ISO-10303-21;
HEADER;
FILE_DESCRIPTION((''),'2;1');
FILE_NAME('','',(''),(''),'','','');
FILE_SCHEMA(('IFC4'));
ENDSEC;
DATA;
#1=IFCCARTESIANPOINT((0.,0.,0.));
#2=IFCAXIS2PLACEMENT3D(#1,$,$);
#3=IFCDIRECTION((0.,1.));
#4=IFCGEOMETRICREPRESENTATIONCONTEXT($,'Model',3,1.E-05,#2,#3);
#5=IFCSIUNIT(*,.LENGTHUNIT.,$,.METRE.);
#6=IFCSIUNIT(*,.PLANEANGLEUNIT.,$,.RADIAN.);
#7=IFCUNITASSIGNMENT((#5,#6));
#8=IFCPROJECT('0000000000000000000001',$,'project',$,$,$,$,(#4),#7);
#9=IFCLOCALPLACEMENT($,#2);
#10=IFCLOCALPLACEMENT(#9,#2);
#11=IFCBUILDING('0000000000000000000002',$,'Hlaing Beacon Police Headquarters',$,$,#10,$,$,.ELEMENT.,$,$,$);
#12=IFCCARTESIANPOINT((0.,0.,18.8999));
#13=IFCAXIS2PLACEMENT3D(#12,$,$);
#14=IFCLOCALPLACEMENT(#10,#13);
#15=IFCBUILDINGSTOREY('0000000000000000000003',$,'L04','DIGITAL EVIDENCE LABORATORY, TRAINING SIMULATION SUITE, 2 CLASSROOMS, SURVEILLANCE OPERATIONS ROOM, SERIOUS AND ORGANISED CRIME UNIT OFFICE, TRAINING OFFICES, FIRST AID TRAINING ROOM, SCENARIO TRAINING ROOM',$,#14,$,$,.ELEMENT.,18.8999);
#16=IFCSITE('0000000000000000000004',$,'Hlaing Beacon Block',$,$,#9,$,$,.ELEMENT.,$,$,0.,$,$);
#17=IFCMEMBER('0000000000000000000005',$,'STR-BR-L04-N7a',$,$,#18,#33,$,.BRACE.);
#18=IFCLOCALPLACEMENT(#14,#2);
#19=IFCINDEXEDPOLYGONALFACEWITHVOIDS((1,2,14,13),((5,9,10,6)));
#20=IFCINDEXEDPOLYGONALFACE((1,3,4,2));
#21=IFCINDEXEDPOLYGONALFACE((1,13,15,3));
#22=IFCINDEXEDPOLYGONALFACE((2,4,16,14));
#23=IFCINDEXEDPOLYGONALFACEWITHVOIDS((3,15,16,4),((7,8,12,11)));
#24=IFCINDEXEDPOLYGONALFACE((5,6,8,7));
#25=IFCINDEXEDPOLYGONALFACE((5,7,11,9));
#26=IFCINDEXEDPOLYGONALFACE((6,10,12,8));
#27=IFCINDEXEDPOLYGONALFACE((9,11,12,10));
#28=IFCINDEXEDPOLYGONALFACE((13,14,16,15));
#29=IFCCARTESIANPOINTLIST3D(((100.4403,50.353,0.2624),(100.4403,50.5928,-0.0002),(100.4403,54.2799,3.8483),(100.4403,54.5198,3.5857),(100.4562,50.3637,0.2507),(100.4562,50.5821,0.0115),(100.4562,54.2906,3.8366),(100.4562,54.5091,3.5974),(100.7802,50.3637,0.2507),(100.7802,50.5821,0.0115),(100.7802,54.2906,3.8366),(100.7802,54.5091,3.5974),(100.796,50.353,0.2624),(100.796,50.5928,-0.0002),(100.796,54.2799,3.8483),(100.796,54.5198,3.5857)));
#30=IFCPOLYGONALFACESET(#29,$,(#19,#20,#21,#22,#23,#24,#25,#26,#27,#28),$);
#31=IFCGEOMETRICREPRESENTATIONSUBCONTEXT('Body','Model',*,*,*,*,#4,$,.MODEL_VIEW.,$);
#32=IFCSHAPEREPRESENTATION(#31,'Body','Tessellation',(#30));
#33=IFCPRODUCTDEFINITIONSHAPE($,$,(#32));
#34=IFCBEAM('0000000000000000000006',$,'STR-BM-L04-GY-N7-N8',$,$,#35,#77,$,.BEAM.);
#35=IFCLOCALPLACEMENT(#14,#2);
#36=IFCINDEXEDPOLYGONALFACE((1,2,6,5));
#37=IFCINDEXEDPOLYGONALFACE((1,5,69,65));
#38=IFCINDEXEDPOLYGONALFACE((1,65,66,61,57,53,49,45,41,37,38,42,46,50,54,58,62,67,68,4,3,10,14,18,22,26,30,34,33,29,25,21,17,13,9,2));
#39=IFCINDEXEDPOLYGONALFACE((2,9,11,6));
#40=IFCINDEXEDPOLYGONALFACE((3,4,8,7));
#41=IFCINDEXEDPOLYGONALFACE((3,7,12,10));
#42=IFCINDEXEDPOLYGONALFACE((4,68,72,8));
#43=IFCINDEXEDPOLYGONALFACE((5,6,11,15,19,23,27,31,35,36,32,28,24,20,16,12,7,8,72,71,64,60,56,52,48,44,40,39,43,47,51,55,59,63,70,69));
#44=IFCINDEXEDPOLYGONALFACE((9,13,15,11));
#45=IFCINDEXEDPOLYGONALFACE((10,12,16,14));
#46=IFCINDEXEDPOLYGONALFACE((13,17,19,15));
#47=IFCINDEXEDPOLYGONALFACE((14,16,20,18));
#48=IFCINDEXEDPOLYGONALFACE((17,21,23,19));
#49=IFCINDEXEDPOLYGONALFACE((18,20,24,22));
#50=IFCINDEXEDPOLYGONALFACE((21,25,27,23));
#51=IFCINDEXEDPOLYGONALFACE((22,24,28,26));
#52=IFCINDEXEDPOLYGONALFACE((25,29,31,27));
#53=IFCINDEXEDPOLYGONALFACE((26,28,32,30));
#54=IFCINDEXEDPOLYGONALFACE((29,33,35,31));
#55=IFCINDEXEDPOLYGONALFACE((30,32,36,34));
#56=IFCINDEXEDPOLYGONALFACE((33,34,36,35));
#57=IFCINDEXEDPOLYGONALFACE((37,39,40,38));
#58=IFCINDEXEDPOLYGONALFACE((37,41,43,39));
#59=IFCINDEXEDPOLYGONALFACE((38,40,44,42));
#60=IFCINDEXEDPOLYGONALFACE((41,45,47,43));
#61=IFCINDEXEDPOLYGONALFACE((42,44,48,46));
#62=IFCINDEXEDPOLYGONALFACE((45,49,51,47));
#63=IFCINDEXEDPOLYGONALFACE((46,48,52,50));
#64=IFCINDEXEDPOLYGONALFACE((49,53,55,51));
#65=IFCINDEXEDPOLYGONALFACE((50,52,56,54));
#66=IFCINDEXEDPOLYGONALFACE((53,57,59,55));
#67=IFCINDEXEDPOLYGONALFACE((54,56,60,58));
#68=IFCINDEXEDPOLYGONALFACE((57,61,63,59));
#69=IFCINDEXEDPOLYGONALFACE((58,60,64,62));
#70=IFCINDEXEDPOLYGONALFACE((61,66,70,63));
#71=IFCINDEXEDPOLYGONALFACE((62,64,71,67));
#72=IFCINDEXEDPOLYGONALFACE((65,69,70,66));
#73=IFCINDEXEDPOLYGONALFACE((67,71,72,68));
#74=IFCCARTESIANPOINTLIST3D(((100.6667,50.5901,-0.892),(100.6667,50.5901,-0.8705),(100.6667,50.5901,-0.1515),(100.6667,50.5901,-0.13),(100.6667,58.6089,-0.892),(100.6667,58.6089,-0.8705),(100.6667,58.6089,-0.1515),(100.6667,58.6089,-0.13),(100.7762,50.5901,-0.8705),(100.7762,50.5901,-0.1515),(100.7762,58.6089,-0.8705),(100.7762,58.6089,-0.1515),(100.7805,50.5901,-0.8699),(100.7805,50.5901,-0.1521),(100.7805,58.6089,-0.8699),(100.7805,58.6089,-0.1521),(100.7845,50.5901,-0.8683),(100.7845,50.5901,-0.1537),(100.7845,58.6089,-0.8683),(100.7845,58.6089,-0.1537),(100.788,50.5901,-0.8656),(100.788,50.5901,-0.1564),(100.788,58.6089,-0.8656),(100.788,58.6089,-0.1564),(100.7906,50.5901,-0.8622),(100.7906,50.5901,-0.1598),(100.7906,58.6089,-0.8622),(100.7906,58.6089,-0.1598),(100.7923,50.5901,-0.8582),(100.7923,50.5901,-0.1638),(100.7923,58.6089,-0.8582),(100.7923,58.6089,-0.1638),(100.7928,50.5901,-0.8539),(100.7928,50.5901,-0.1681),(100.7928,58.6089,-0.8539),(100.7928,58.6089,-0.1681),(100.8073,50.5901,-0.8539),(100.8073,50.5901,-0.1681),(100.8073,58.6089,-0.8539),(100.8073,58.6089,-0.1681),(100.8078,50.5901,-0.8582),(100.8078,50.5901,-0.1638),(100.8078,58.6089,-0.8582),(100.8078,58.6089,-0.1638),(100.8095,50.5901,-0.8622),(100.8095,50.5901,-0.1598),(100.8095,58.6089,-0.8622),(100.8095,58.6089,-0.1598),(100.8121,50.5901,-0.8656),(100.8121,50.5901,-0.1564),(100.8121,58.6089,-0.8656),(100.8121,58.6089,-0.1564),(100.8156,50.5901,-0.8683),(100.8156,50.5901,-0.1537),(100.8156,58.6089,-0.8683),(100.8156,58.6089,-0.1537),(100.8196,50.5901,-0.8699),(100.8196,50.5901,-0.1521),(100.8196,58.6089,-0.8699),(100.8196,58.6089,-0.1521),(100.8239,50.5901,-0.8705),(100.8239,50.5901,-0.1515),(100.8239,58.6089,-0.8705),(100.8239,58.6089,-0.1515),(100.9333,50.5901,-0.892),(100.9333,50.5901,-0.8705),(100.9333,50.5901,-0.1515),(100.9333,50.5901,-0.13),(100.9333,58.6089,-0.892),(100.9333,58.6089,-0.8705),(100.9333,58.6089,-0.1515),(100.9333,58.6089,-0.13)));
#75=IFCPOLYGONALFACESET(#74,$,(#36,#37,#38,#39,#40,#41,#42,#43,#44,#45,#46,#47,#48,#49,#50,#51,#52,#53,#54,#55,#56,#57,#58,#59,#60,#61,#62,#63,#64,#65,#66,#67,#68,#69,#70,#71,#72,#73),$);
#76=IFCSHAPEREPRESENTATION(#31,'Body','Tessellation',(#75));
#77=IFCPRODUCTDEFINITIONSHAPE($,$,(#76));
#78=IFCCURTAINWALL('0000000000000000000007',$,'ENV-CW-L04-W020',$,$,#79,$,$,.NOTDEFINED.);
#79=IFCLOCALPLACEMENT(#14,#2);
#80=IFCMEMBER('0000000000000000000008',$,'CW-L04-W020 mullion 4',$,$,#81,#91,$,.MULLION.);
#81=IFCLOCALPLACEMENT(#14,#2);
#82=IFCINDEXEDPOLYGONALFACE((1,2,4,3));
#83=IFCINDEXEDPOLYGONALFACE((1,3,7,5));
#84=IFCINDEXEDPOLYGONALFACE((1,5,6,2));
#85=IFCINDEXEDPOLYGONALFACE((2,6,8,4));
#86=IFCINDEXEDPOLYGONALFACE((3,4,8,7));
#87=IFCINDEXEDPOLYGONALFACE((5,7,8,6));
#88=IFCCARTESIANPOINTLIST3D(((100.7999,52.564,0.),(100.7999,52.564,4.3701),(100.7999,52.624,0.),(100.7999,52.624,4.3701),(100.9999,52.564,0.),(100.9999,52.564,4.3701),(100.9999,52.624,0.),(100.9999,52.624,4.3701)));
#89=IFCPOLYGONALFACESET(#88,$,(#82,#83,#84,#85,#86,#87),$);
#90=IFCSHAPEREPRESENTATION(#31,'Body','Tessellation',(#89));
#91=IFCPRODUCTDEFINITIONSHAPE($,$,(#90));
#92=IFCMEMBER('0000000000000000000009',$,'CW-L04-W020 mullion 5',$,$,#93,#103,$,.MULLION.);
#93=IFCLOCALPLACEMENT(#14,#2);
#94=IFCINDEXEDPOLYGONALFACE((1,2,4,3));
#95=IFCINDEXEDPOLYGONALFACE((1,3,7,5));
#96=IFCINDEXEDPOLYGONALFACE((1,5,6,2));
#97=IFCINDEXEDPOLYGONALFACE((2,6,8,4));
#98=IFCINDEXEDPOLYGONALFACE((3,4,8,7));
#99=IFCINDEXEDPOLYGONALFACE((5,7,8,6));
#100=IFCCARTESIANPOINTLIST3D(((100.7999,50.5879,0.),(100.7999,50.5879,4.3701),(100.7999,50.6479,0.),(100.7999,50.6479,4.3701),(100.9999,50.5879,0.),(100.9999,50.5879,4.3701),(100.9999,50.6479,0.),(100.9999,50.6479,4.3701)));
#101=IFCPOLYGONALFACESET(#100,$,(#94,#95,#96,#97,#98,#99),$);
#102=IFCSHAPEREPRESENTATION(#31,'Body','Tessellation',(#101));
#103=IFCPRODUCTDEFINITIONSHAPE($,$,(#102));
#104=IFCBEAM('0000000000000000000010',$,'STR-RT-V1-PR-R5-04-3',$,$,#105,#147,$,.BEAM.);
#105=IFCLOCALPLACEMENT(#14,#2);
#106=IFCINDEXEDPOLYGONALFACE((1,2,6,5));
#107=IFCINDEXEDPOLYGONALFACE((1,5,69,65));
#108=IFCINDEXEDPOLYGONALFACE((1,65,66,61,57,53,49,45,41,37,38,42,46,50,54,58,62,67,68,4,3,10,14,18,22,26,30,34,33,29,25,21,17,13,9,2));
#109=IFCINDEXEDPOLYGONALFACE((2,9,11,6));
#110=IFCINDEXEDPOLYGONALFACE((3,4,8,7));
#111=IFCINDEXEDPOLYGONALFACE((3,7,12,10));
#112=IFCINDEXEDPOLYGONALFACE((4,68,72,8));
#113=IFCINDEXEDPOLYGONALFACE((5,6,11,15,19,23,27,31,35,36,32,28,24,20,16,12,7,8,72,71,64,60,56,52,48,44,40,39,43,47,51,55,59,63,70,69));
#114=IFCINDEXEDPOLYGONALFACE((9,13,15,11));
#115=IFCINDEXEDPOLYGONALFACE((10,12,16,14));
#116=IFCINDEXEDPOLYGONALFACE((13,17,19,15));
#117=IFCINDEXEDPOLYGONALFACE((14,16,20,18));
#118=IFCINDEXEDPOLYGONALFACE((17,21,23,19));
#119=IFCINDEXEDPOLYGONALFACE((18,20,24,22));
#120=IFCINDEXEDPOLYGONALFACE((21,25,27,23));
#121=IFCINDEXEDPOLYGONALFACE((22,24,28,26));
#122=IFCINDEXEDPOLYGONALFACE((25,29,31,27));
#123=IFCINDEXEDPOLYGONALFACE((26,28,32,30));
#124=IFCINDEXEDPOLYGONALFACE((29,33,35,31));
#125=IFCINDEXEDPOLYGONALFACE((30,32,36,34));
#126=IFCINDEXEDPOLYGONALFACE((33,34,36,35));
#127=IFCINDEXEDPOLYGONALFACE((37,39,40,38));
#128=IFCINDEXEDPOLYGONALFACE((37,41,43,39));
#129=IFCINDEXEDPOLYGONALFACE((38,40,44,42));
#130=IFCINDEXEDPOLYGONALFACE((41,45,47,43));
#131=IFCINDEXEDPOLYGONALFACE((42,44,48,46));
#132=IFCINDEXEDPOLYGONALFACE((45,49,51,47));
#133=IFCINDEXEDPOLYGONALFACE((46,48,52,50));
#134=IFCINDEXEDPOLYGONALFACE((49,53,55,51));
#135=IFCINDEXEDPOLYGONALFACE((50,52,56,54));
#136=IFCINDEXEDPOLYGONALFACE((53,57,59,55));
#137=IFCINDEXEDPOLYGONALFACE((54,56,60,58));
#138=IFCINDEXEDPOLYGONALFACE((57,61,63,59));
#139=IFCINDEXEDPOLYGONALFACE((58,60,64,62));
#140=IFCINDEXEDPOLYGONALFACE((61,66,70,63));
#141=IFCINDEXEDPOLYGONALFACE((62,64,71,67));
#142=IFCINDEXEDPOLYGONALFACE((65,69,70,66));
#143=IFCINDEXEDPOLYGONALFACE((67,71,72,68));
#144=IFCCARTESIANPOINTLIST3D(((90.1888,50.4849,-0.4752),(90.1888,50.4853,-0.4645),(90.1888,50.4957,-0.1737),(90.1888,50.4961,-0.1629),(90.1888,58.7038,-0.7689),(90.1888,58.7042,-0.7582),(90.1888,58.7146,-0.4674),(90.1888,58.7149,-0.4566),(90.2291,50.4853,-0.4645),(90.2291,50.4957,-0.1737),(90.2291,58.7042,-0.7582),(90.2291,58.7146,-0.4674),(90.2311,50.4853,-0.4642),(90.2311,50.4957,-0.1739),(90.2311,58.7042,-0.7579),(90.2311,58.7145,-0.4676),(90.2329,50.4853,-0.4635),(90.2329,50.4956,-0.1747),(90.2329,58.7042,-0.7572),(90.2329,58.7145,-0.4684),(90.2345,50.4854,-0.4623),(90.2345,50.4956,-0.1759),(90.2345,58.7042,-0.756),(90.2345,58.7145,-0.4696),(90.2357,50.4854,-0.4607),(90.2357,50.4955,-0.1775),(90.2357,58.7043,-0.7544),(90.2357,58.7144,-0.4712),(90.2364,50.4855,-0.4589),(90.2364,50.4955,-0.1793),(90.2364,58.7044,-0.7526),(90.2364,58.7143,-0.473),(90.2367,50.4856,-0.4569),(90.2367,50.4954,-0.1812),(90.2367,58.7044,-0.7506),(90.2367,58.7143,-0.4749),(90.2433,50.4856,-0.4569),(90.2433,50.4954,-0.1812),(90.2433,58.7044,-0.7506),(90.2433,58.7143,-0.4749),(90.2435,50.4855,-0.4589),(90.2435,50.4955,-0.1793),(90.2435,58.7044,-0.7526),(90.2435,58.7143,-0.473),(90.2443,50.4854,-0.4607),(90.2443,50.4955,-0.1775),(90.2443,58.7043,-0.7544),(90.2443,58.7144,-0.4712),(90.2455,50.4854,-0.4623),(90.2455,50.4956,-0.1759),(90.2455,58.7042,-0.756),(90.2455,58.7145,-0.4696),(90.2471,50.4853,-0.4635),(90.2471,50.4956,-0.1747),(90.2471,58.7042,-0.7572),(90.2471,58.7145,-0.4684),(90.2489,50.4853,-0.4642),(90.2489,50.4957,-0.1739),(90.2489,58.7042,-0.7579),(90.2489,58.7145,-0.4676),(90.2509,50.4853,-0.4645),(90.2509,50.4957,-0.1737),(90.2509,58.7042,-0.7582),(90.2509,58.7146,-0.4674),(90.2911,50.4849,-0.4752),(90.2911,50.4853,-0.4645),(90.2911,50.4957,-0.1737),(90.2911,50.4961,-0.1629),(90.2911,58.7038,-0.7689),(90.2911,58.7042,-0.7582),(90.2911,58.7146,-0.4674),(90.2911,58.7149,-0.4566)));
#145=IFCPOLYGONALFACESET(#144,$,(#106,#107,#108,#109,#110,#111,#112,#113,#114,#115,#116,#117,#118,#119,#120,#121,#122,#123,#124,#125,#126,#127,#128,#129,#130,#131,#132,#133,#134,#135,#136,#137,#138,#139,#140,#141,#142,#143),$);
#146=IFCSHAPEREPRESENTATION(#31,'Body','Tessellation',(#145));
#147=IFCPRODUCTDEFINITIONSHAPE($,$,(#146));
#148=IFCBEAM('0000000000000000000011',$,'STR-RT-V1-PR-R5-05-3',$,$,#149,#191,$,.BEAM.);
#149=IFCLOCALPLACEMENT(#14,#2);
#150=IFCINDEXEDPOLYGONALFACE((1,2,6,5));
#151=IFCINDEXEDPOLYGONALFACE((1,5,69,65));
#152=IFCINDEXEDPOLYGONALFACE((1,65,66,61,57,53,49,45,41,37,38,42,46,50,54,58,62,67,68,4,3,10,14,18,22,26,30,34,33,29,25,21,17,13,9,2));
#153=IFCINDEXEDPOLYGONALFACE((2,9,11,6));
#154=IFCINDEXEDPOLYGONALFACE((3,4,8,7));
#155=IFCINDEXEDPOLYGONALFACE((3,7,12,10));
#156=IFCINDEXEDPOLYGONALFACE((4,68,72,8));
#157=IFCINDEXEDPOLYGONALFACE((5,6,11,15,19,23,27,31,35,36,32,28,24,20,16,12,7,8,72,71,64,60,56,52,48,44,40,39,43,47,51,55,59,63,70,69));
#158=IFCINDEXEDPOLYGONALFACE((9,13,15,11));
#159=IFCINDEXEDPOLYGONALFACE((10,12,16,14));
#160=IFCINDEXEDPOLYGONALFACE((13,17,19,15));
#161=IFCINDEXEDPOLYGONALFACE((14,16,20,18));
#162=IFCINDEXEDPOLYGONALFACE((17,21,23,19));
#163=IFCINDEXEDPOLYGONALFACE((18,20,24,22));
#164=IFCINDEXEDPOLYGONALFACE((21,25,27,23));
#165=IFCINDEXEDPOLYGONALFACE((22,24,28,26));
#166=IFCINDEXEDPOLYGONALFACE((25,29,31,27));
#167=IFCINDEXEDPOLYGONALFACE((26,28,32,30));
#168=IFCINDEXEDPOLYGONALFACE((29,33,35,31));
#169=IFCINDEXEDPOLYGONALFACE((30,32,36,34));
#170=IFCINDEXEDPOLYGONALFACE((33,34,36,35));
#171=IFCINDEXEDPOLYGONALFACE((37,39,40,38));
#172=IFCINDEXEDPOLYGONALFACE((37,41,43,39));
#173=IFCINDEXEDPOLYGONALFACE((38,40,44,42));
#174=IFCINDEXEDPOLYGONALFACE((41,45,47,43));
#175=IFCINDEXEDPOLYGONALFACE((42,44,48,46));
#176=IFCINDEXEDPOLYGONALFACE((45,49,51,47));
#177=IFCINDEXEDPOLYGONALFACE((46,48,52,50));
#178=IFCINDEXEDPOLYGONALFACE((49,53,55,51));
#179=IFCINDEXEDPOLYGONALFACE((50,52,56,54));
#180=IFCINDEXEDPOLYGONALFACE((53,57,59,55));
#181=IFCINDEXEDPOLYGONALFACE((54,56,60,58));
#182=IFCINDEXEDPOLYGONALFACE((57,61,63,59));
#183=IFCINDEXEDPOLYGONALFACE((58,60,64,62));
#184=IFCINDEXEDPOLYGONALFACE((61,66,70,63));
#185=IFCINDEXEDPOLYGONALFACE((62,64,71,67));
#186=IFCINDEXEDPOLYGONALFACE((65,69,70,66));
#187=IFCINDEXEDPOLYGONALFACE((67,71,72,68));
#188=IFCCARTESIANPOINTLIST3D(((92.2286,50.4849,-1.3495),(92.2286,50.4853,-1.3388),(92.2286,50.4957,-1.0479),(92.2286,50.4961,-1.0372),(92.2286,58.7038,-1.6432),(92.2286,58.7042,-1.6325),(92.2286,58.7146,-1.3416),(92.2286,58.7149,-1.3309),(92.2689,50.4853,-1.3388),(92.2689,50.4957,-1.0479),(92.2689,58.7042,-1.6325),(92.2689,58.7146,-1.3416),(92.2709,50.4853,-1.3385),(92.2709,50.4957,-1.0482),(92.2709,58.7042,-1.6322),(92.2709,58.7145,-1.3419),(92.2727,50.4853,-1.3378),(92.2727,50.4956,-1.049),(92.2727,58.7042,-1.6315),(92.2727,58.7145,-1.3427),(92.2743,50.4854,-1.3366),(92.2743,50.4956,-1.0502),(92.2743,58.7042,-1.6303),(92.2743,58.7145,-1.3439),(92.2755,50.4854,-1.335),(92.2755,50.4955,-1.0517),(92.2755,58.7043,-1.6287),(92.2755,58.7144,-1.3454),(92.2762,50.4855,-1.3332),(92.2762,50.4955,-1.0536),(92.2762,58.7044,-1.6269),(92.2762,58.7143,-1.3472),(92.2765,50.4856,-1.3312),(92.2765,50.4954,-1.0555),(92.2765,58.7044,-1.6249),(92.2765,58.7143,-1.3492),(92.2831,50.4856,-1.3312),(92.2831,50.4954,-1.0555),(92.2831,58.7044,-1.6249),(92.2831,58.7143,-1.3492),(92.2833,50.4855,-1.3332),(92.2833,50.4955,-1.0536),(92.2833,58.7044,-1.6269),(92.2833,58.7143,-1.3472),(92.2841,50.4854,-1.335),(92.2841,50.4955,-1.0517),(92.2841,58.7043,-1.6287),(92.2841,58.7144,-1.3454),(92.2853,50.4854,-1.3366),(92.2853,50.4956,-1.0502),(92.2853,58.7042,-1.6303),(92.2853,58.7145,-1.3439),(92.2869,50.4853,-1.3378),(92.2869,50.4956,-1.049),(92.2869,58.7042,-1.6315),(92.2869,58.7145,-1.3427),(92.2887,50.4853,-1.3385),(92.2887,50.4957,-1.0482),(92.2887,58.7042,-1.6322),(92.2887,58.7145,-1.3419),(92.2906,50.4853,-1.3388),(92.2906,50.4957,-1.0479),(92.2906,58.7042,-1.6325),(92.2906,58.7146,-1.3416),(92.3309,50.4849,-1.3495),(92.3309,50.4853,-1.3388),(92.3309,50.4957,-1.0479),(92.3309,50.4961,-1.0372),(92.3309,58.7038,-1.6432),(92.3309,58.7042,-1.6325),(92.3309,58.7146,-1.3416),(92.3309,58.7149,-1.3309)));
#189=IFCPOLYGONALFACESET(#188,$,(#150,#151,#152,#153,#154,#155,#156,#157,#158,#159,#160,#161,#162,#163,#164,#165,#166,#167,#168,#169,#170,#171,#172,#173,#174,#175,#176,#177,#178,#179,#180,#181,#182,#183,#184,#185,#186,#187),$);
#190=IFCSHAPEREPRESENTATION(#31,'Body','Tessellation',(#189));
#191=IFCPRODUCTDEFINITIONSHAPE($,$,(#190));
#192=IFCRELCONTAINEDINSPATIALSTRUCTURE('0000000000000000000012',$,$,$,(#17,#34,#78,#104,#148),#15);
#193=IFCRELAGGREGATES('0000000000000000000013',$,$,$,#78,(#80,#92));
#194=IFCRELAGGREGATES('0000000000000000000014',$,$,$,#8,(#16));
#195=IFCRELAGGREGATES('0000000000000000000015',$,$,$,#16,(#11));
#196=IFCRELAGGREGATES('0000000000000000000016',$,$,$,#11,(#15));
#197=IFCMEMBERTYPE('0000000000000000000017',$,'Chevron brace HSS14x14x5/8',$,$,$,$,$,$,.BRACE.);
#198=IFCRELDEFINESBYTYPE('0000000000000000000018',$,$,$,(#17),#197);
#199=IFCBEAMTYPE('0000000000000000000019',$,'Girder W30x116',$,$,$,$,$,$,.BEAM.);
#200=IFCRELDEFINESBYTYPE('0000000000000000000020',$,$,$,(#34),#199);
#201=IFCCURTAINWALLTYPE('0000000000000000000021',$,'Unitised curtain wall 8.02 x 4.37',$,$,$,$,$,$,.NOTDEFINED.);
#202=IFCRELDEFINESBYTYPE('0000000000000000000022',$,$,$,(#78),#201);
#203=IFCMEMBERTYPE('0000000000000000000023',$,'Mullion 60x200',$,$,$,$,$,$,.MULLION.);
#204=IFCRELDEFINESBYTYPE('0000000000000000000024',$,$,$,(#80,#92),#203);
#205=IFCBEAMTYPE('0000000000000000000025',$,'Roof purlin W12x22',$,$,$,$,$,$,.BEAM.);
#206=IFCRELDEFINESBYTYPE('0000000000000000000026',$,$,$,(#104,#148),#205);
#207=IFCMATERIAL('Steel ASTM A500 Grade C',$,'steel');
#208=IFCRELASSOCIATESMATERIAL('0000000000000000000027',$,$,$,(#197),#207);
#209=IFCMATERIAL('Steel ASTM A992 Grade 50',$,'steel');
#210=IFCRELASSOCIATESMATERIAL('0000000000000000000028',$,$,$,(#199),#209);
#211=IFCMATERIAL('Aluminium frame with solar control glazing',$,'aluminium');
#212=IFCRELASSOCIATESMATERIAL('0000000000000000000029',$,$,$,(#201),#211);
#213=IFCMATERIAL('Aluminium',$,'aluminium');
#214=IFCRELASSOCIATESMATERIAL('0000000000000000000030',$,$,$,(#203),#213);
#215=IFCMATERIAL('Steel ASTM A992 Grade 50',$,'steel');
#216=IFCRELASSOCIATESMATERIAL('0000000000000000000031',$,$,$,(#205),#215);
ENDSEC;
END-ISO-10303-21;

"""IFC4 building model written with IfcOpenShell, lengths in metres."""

from ifc_helpers import new_model, si_unit, direction, frame, origin, origin_2d, place, context, subcontext, project, spatial, rectangle, hollow_rectangle, i_section, extrude, material, material_profile, profile_set, type_object, element, aggregate, save


model = new_model("IFC4")

# Units and contexts
model_context = context("Model", 3, precision=1e-05, world=origin(), true_north=direction((0.0, 1.0)))
body_context = subcontext(model_context, "Body", "Model", "MODEL_VIEW")
ifc_project = project(units=[si_unit("LENGTHUNIT", "METRE"), si_unit("PLANEANGLEUNIT", "RADIAN")], contexts=[model_context])

# Site, building, storey
site_placement = place(None, origin())
site = spatial("IfcSite", under=ifc_project, at=site_placement, Name="Hlaing Beacon Block", CompositionType="ELEMENT", RefElevation=0.0)
building_placement = place(site_placement, origin())
building = spatial("IfcBuilding", under=site, at=building_placement, Name="Hlaing Beacon Police Headquarters", CompositionType="ELEMENT")
storey_placement = place(building_placement, frame((0.0, 0.0, 18.8999)))
storey = spatial("IfcBuildingStorey", under=building, at=storey_placement, Name="L04", Description="DIGITAL EVIDENCE LABORATORY, TRAINING SIMULATION SUITE, 2 CLASSROOMS, SURVEILLANCE OPERATIONS ROOM, SERIOUS AND ORGANISED CRIME UNIT OFFICE, TRAINING OFFICES, FIRST AID TRAINING ROOM, SCENARIO TRAINING ROOM", CompositionType="ELEMENT", Elevation=18.8999)

# Member
ifc_material_1 = material(Name="Steel ASTM A500 Grade C", Category="steel")
ifc_material_profile_1 = material_profile(ifc_material_1, hollow_rectangle(XDim=0.3557, YDim=0.3557, WallThickness=0.0159, at=origin_2d()), Name="HSS14x14x5/8")
ifc_profile_set_1 = profile_set([ifc_material_profile_1], Name="Steel ASTM A500 Grade C")
member_type_1 = type_object("IfcMemberType", Name="Chevron brace HSS14x14x5/8", PredefinedType="BRACE", material=ifc_profile_set_1)
member_1_placement = place(storey_placement, frame((100.6182, 50.4729, 0.1311), z_axis=(0.0, 0.738447, 0.674312), x_axis=(-1.0, 0.0, 0.0)))
element("IfcMember", 1, at=member_1_placement, inside=storey, type_object=member_type_1, Name="STR-BR-L04-N7a", PredefinedType="BRACE", context=body_context, shape_type="SweptSolid", body=[
    extrude(hollow_rectangle(XDim=0.3557, YDim=0.3557, WallThickness=0.0159, at=origin_2d()), origin(), (0.0, 0.0, 1.0), 5.3179),
])

# Beam
ifc_material_2 = material(Name="Steel ASTM A992 Grade 50", Category="steel")
ifc_material_profile_2 = material_profile(ifc_material_2, i_section(OverallWidth=0.2666, OverallDepth=0.762, WebThickness=0.0144, FlangeThickness=0.0215, FilletRadius=0.0166, at=origin_2d()), Name="W30x116")
ifc_profile_set_2 = profile_set([ifc_material_profile_2], Name="Steel ASTM A992 Grade 50")
beam_type_1 = type_object("IfcBeamType", Name="Girder W30x116", PredefinedType="BEAM", material=ifc_profile_set_2)
beam_placement = place(storey_placement, frame((100.8, 50.5901, -0.511), z_axis=(0.0, 1.0, 0.0), x_axis=(-1.0, 0.0, 0.0)))
element("IfcBeam", 2, at=beam_placement, inside=storey, type_object=beam_type_1, Name="STR-BM-L04-GY-N7-N8", PredefinedType="BEAM", context=body_context, shape_type="SweptSolid", body=[
    extrude(i_section(OverallWidth=0.2666, OverallDepth=0.762, WebThickness=0.0144, FlangeThickness=0.0215, FilletRadius=0.0166, at=origin_2d()), origin(), (0.0, 0.0, 1.0), 8.0188),
])

# Curtain wall, members
ifc_material_3 = material(Name="Aluminium frame with solar control glazing", Category="aluminium")
curtain_wall_type = type_object("IfcCurtainWallType", Name="Unitised curtain wall 8.02 x 4.37", PredefinedType="NOTDEFINED", material=ifc_material_3)
curtain_wall_placement = place(storey_placement, origin())
curtain_wall = element("IfcCurtainWall", 3, at=curtain_wall_placement, inside=storey, type_object=curtain_wall_type, Name="ENV-CW-L04-W020", PredefinedType="NOTDEFINED")
ifc_material_4 = material(Name="Aluminium", Category="aluminium")
ifc_material_profile_3 = material_profile(ifc_material_4, rectangle(XDim=0.2, YDim=0.0601, at=origin_2d()), Name="Mullion 60x200")
ifc_profile_set_3 = profile_set([ifc_material_profile_3], Name="Aluminium")
member_type_2 = type_object("IfcMemberType", Name="Mullion 60x200", PredefinedType="MULLION", material=ifc_profile_set_3)
member_2_placement = place(storey_placement, frame((100.8999, 52.594, 0.0), z_axis=(0.0, 0.0, 1.0), x_axis=(1.0, 0.0, 0.0)))
member_2 = element("IfcMember", 4, at=member_2_placement, type_object=member_type_2, Name="CW-L04-W020 mullion 4", PredefinedType="MULLION", context=body_context, shape_type="SweptSolid", body=[
    extrude(rectangle(XDim=0.2, YDim=0.0601, at=origin_2d()), origin(), (0.0, 0.0, 1.0), 4.3701),
])
member_3_placement = place(storey_placement, frame((100.8999, 50.6179, 0.0), z_axis=(0.0, 0.0, 1.0), x_axis=(1.0, 0.0, 0.0)))
member_3 = element("IfcMember", 5, at=member_3_placement, type_object=member_type_2, Name="CW-L04-W020 mullion 5", PredefinedType="MULLION", context=body_context, shape_type="SweptSolid", body=[
    extrude(rectangle(XDim=0.2, YDim=0.0601, at=origin_2d()), origin(), (0.0, 0.0, 1.0), 4.3701),
])

# Beams
ifc_material_5 = material(Name="Steel ASTM A992 Grade 50", Category="steel")
ifc_material_profile_4 = material_profile(ifc_material_5, i_section(OverallWidth=0.1023, OverallDepth=0.3125, WebThickness=0.0066, FlangeThickness=0.0107, FilletRadius=0.0076, at=origin_2d()), Name="W12x22")
ifc_profile_set_4 = profile_set([ifc_material_profile_4], Name="Steel ASTM A992 Grade 50")
beam_type_2 = type_object("IfcBeamType", Name="Roof purlin W12x22", PredefinedType="BEAM", material=ifc_profile_set_4)
for number, where, z_axis, x_axis, name in (
    (6, (90.24, 50.4905, -0.3191), (0.0, 0.999362, -0.035712), (-1.0, 0.0, 0.0), "STR-RT-V1-PR-R5-04-3"),
    (7, (92.2798, 50.4905, -1.1934), (0.0, 0.999362, -0.035712), (-1.0, 0.0, 0.0), "STR-RT-V1-PR-R5-05-3"),
):
    element("IfcBeam", number, at=place(storey_placement, frame(where, z_axis=z_axis, x_axis=x_axis)), inside=storey, type_object=beam_type_2, Name=name, PredefinedType="BEAM", context=body_context, shape_type="SweptSolid", body=[
        extrude(i_section(OverallWidth=0.1023, OverallDepth=0.3125, WebThickness=0.0066, FlangeThickness=0.0107, FilletRadius=0.0076, at=origin_2d()), origin(), (0.0, 0.0, 1.0), 8.2241),
    ])

aggregate(curtain_wall, [member_2, member_3])

save(model, "model.ifc")
